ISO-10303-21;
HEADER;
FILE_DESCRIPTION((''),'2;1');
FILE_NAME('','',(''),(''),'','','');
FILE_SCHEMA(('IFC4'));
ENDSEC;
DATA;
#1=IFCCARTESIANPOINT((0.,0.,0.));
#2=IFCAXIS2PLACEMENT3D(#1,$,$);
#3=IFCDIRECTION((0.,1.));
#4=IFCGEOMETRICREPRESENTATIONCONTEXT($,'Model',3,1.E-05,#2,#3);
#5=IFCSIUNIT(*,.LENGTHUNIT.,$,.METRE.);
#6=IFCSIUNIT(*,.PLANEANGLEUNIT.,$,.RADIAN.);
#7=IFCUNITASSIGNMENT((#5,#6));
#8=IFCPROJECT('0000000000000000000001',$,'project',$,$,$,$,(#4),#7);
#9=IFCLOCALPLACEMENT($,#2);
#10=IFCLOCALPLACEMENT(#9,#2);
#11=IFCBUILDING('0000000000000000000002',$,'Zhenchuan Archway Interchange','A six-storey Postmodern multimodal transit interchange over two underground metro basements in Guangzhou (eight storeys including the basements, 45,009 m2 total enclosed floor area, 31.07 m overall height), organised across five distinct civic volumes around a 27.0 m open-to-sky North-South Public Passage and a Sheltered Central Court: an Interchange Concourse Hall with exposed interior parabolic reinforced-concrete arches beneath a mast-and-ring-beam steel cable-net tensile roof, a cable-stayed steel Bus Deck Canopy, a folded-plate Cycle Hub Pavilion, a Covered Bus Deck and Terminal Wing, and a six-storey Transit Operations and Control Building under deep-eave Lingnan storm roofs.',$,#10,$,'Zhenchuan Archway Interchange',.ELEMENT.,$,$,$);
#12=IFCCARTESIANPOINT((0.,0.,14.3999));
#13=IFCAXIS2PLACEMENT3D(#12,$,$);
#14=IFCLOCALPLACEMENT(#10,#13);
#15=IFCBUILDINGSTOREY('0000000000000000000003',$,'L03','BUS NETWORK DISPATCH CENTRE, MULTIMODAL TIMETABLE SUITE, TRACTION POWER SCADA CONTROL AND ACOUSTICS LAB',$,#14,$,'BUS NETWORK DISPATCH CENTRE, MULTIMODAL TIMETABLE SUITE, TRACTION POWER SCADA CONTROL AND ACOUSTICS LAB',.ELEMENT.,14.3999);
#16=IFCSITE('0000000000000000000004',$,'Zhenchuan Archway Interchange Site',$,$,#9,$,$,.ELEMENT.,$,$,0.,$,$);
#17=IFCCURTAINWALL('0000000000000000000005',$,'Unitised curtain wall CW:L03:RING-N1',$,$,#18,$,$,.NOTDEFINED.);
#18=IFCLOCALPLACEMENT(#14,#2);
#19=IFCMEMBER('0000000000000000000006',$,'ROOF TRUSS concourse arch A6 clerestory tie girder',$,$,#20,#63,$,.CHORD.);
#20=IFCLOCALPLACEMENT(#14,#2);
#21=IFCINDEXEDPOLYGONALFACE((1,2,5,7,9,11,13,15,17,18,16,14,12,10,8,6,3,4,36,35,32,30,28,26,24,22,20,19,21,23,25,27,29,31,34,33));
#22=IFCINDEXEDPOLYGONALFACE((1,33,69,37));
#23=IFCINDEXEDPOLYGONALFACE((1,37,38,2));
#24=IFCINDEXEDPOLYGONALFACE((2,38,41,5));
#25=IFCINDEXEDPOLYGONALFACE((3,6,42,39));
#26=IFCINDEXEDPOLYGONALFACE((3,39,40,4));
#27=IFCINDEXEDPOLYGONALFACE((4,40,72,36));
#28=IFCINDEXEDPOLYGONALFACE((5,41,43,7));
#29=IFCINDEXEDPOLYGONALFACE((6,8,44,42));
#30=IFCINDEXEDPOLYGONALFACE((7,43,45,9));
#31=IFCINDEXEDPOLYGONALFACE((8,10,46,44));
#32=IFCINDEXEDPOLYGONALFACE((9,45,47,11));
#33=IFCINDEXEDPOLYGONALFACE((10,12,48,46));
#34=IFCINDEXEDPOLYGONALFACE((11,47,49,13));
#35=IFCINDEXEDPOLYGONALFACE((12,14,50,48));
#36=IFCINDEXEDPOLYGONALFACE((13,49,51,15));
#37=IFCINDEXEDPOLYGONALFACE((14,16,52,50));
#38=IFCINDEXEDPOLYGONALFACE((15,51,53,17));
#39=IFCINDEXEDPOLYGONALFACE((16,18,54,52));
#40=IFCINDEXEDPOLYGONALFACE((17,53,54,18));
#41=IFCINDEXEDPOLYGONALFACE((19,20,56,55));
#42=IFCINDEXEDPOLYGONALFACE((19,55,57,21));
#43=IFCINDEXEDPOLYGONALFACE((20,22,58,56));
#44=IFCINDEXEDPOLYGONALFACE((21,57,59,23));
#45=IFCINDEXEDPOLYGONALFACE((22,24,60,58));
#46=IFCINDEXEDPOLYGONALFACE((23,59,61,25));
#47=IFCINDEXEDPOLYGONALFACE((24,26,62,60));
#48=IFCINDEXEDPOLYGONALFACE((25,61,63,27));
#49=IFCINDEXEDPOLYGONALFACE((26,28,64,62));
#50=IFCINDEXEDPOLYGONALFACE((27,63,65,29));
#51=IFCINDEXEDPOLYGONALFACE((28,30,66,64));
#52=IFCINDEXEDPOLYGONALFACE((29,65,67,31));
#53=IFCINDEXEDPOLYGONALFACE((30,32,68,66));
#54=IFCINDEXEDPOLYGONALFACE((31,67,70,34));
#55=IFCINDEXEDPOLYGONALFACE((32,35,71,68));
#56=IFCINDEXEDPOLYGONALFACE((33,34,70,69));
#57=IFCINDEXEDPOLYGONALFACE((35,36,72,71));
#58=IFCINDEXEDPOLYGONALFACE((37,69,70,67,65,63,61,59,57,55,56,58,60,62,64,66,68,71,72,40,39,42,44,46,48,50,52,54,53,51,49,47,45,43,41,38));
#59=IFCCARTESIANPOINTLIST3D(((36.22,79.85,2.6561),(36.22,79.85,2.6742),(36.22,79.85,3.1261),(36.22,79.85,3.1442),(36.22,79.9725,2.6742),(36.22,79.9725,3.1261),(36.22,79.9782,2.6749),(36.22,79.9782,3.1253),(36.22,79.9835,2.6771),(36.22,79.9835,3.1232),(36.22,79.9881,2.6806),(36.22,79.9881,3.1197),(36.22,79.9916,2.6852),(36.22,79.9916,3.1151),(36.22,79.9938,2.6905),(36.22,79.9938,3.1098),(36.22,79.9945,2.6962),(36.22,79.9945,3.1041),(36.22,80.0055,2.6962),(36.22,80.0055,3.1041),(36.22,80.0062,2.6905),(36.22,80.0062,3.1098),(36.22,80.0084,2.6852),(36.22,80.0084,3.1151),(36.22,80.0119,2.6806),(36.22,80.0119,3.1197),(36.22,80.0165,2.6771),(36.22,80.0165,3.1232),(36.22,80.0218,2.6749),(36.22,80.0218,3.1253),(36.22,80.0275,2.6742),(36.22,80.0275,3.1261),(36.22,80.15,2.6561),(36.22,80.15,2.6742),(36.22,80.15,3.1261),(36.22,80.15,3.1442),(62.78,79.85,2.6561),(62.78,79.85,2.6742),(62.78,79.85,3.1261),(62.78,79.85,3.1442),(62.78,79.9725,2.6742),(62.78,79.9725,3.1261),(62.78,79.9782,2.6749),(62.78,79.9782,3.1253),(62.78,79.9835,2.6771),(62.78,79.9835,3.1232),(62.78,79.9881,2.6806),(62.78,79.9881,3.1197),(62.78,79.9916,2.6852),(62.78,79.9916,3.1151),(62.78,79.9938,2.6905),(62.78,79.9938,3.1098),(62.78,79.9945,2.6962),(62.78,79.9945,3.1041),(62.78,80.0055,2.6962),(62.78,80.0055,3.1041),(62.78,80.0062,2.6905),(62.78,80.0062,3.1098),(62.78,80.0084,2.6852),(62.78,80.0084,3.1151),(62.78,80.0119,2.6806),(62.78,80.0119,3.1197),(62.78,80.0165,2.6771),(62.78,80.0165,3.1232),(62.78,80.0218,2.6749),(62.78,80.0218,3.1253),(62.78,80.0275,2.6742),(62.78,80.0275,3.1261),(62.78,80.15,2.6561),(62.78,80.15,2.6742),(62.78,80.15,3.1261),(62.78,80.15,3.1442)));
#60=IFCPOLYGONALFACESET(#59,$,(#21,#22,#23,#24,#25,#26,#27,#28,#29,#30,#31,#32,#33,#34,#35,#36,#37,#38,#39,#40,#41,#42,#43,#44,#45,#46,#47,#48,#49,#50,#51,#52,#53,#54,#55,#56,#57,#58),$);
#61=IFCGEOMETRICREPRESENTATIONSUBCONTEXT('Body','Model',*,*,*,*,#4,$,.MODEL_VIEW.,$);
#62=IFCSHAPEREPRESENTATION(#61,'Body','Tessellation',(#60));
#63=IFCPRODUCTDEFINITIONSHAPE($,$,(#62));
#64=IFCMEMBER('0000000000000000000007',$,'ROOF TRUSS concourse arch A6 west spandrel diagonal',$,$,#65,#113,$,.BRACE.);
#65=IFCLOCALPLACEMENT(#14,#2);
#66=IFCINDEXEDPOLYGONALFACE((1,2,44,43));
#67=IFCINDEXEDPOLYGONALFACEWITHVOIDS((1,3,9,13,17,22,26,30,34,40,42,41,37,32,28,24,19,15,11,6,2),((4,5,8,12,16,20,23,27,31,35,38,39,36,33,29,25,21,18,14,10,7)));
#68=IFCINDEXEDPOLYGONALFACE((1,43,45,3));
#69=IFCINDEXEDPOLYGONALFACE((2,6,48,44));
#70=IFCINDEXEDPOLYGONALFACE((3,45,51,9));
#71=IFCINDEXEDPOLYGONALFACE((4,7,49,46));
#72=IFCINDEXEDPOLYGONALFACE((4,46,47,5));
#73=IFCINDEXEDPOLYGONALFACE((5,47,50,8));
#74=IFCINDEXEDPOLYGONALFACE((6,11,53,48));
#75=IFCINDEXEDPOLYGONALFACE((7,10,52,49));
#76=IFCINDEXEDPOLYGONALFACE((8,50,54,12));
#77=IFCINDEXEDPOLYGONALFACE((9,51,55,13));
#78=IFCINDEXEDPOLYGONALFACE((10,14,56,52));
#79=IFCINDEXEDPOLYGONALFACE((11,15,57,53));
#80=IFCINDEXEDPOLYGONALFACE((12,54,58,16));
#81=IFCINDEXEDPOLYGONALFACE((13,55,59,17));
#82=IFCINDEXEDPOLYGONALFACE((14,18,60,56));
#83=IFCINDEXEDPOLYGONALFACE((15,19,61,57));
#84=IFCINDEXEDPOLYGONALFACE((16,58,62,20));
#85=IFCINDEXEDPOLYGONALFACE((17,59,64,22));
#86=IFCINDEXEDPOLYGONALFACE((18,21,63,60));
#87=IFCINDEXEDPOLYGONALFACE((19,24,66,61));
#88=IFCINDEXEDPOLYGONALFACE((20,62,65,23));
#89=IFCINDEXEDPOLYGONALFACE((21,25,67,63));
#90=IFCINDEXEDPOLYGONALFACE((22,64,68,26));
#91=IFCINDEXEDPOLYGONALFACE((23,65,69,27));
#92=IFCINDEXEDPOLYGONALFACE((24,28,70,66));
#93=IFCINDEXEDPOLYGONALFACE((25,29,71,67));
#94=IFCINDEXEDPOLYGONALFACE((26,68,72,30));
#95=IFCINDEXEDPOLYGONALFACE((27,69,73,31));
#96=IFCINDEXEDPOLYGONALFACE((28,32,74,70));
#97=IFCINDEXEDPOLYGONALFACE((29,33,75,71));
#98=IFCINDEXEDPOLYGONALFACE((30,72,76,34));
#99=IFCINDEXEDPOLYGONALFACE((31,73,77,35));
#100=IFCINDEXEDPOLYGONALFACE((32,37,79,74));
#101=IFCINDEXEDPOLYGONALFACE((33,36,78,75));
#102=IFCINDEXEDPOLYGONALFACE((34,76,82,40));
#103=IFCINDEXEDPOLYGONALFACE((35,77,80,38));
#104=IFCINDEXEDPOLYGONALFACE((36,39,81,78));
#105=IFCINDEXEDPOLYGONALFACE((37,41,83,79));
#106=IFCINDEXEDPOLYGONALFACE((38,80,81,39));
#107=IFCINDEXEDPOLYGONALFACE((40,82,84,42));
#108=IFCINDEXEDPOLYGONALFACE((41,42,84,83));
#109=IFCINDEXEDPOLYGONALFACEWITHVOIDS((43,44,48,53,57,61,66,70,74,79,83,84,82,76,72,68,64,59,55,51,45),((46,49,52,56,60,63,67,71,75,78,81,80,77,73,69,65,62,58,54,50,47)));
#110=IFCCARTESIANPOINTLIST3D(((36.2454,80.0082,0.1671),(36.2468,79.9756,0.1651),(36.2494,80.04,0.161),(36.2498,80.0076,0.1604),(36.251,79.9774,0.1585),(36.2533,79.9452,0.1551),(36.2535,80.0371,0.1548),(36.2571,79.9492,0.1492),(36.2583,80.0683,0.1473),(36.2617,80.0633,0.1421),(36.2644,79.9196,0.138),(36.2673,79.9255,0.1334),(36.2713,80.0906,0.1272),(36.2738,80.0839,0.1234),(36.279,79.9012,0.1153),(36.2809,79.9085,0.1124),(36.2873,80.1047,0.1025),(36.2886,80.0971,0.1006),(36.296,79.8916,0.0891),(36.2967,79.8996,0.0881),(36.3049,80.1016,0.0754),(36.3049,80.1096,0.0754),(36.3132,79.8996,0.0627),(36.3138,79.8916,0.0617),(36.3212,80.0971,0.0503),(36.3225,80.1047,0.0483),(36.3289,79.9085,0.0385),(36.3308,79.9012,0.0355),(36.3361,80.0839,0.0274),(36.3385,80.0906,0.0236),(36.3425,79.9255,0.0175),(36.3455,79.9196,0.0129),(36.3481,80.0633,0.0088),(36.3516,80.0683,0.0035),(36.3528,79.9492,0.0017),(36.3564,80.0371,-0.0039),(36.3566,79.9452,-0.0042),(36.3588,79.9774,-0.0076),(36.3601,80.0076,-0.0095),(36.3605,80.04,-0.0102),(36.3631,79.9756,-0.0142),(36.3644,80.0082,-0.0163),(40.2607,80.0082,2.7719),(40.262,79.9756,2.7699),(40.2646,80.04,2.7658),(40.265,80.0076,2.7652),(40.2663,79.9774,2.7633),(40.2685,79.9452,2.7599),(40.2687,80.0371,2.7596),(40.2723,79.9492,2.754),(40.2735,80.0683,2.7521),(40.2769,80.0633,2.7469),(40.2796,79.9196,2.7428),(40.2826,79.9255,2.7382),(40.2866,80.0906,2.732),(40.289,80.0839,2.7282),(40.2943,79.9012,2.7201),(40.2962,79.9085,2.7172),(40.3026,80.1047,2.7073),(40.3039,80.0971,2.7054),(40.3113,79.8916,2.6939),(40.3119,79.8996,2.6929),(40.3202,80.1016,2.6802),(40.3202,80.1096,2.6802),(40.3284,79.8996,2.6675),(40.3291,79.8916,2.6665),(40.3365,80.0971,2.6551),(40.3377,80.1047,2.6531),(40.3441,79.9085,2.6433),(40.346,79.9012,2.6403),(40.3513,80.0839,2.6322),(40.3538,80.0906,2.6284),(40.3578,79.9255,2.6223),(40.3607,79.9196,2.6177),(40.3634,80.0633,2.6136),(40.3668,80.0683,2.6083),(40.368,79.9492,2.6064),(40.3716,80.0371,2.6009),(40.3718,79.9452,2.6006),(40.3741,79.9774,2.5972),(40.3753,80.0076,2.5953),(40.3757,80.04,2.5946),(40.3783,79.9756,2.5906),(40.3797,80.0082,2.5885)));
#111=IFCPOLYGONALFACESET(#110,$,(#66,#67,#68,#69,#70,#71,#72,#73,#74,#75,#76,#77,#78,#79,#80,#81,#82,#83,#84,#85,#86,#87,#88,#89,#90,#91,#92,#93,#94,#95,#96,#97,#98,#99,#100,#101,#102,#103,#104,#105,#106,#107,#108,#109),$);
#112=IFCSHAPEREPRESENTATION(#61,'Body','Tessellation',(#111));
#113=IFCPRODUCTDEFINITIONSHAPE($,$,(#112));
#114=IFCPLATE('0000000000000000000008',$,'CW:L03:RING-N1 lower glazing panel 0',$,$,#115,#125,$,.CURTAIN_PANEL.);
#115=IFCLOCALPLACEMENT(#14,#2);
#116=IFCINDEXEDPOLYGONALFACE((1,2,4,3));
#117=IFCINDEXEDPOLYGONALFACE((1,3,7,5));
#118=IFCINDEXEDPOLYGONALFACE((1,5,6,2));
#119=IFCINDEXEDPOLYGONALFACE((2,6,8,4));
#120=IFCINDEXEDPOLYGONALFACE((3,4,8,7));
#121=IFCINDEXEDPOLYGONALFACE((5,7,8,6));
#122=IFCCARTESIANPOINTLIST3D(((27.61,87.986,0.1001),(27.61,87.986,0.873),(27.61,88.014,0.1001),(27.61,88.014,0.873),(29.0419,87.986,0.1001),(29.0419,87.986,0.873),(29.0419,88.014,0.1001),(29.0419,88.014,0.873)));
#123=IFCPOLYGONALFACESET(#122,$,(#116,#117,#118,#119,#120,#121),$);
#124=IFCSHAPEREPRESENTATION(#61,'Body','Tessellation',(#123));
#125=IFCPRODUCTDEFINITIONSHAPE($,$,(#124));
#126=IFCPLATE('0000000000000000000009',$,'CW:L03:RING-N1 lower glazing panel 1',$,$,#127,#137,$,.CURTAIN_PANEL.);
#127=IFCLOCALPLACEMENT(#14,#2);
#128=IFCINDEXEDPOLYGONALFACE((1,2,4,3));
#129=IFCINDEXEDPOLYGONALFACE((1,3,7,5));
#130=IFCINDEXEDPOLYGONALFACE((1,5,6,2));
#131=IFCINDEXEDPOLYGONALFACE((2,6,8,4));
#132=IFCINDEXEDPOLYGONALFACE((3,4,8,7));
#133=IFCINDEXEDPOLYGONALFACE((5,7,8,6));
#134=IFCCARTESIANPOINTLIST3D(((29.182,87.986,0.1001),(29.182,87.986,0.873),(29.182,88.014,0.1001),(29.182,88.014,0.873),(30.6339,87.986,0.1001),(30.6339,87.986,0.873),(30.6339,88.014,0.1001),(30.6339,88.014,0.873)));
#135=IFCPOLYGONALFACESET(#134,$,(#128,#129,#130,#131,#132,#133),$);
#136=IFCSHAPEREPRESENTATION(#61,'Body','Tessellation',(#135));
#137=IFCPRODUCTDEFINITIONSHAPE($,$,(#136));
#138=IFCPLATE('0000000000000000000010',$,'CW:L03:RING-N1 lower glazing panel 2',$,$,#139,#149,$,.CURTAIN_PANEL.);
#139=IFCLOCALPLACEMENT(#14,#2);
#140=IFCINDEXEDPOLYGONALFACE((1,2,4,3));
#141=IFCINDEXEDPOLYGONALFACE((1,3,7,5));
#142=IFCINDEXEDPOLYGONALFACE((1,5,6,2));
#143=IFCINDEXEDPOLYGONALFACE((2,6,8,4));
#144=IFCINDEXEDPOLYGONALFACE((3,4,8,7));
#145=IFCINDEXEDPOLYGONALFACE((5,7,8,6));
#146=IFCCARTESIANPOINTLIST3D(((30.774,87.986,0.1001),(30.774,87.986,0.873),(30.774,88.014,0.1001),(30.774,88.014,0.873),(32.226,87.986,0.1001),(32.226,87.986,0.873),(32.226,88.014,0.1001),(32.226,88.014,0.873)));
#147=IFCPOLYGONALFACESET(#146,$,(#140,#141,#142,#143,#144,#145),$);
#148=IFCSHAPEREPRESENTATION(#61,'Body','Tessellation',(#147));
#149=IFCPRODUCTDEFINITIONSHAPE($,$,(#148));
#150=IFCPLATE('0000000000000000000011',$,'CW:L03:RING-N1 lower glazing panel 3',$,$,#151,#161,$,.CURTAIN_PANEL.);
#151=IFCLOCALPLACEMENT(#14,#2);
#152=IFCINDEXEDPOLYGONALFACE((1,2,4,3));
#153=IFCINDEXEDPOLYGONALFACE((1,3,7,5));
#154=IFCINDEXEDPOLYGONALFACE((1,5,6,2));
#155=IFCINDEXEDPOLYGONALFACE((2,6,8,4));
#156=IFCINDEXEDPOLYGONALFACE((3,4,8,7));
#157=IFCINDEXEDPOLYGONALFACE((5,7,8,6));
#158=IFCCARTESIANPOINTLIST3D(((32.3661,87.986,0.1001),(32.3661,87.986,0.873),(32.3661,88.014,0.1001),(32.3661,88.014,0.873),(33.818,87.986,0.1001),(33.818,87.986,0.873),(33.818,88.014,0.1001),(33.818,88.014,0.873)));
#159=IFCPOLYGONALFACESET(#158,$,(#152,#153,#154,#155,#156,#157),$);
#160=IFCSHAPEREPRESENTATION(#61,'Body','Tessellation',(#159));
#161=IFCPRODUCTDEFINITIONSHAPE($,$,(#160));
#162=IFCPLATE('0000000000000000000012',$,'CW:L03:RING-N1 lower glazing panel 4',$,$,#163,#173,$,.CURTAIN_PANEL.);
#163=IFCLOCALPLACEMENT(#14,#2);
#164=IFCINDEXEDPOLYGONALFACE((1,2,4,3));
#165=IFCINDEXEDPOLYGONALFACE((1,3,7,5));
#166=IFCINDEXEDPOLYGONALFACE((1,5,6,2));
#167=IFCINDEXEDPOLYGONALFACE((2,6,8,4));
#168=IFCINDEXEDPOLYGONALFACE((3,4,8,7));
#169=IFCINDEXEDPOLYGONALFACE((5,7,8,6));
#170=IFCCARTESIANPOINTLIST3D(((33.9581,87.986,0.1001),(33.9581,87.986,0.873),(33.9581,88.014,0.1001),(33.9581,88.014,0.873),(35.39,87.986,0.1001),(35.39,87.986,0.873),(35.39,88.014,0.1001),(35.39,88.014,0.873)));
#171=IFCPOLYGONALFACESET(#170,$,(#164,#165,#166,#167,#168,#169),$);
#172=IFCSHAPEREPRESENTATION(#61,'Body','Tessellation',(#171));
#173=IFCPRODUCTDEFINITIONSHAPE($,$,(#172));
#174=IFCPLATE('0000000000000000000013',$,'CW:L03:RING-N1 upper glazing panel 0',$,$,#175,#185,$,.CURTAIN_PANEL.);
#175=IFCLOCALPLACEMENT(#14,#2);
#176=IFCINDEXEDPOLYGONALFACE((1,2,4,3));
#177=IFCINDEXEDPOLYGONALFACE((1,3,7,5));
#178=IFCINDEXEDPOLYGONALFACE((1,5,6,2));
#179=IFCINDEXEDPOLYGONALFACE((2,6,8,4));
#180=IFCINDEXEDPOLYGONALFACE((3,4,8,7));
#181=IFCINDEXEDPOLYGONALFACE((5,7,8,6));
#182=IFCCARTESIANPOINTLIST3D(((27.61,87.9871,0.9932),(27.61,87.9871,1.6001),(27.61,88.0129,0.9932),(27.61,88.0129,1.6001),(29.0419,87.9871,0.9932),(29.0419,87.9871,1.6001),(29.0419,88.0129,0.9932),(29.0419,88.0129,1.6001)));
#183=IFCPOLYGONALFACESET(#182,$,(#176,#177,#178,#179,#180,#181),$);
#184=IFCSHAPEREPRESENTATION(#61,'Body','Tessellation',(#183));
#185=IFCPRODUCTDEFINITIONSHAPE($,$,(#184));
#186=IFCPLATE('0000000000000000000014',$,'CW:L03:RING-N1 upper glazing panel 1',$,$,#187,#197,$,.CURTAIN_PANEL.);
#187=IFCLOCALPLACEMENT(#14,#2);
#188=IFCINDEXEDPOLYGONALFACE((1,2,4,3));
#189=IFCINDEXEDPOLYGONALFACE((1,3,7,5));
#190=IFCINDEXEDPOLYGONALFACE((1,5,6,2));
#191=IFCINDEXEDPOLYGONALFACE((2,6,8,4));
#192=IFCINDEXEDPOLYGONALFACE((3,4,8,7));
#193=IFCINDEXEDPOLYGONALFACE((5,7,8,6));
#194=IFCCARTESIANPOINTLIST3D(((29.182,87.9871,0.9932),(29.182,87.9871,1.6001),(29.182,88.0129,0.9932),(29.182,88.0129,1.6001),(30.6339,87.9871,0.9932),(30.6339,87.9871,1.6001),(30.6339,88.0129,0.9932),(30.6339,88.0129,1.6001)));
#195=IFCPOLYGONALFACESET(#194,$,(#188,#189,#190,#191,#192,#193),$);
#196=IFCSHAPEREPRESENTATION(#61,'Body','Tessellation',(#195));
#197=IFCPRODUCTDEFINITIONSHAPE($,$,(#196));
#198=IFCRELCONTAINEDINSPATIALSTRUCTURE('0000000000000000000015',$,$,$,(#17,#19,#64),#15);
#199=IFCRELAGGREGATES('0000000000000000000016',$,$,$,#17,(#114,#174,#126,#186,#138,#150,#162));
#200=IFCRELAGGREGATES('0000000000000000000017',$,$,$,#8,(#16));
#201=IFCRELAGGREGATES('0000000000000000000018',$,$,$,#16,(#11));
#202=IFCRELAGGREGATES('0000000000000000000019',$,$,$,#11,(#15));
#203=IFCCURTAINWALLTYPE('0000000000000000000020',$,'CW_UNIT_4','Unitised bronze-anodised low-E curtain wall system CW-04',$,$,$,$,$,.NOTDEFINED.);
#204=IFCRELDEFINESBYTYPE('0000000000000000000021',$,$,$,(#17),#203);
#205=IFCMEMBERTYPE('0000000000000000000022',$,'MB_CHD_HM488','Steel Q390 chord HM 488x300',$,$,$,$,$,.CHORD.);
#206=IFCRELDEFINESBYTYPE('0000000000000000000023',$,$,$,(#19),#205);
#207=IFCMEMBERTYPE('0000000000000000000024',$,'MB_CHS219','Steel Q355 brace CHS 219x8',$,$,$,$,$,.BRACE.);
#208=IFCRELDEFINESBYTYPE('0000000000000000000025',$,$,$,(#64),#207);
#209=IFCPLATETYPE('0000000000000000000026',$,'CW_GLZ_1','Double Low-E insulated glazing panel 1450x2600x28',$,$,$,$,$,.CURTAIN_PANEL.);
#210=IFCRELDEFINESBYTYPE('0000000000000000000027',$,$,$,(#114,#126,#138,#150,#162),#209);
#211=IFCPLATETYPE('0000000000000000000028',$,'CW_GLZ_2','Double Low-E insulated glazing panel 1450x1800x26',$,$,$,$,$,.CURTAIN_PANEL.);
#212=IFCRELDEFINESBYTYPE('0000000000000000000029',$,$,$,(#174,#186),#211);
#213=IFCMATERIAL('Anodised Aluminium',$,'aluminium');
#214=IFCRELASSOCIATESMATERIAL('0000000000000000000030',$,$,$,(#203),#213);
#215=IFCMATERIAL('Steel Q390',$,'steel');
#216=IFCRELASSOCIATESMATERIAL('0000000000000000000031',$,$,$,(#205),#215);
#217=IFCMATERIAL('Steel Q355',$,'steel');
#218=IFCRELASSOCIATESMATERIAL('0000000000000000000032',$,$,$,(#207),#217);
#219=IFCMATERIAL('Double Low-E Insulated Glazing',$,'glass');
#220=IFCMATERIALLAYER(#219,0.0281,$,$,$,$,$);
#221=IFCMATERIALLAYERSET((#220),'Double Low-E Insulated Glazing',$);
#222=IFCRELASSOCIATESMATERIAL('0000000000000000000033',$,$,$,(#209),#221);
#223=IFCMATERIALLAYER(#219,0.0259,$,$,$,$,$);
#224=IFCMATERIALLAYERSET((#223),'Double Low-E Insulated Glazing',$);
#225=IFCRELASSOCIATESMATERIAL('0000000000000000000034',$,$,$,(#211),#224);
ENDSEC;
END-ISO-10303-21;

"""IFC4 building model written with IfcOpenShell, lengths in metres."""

from ifc_helpers import new_model, si_unit, direction, frame, origin, origin_2d, place, context, subcontext, project, spatial, rectangle, hollow_circle, i_section, extrude, material, layer, layer_set, material_profile, profile_set, type_object, element, aggregate, save


model = new_model("IFC4")

# Units and contexts
model_context = context("Model", 3, precision=1e-05, world=origin(), true_north=direction((0.0, 1.0)))
body_context = subcontext(model_context, "Body", "Model", "MODEL_VIEW")
ifc_project = project(units=[si_unit("LENGTHUNIT", "METRE"), si_unit("PLANEANGLEUNIT", "RADIAN")], contexts=[model_context])

# Site, building, storey
site_placement = place(None, origin())
site = spatial("IfcSite", under=ifc_project, at=site_placement, Name="Zhenchuan Archway Interchange Site", CompositionType="ELEMENT", RefElevation=0.0)
building_placement = place(site_placement, origin())
building = spatial("IfcBuilding", under=site, at=building_placement, Name="Zhenchuan Archway Interchange", Description="A six-storey Postmodern multimodal transit interchange over two underground metro basements in Guangzhou (eight storeys including the basements, 45,009 m2 total enclosed floor area, 31.07 m overall height), organised across five distinct civic volumes around a 27.0 m open-to-sky North-South Public Passage and a Sheltered Central Court: an Interchange Concourse Hall with exposed interior parabolic reinforced-concrete arches beneath a mast-and-ring-beam steel cable-net tensile roof, a cable-stayed steel Bus Deck Canopy, a folded-plate Cycle Hub Pavilion, a Covered Bus Deck and Terminal Wing, and a six-storey Transit Operations and Control Building under deep-eave Lingnan storm roofs.", LongName="Zhenchuan Archway Interchange", CompositionType="ELEMENT")
storey_placement = place(building_placement, frame((0.0, 0.0, 14.3999)))
storey = spatial("IfcBuildingStorey", under=building, at=storey_placement, Name="L03", Description="BUS NETWORK DISPATCH CENTRE, MULTIMODAL TIMETABLE SUITE, TRACTION POWER SCADA CONTROL AND ACOUSTICS LAB", LongName="BUS NETWORK DISPATCH CENTRE, MULTIMODAL TIMETABLE SUITE, TRACTION POWER SCADA CONTROL AND ACOUSTICS LAB", CompositionType="ELEMENT", Elevation=14.3999)

# Shared definitions
ifc_material_1 = material(Name="Steel Q390", Category="steel")

# Curtain wall
ifc_material_2 = material(Name="Anodised Aluminium", Category="aluminium")
curtain_wall_type = type_object("IfcCurtainWallType", Name="CW_UNIT_4", Description="Unitised bronze-anodised low-E curtain wall system CW-04", PredefinedType="NOTDEFINED", material=ifc_material_2)
curtain_wall_placement = place(storey_placement, origin())
curtain_wall = element("IfcCurtainWall", 1, at=curtain_wall_placement, inside=storey, type_object=curtain_wall_type, Name="Unitised curtain wall CW:L03:RING-N1", PredefinedType="NOTDEFINED")

# Members
ifc_material_profile_1 = material_profile(ifc_material_1, i_section(OverallWidth=0.3, OverallDepth=0.488, WebThickness=0.011, FlangeThickness=0.0181, FilletRadius=0.022, at=origin_2d()), Name="HM 488x300")
ifc_profile_set_1 = profile_set([ifc_material_profile_1], Name="Steel Q390")
member_type_1 = type_object("IfcMemberType", Name="MB_CHD_HM488", Description="Steel Q390 chord HM 488x300", PredefinedType="CHORD", material=ifc_profile_set_1)
member_1_placement = place(storey_placement, frame((36.22, 80.0, 2.9001), z_axis=(1.0, 0.0, 0.0), x_axis=(0.0, 1.0, 0.0)))
element("IfcMember", 2, at=member_1_placement, inside=storey, type_object=member_type_1, Name="ROOF TRUSS concourse arch A6 clerestory tie girder", PredefinedType="CHORD", context=body_context, shape_type="SweptSolid", body=[
    extrude(i_section(OverallWidth=0.3, OverallDepth=0.488, WebThickness=0.011, FlangeThickness=0.0181, FilletRadius=0.022, at=origin_2d()), origin(), (0.0, 0.0, 1.0), 26.5601),
])
ifc_material_3 = material(Name="Steel Q355", Category="steel")
ifc_material_profile_2 = material_profile(ifc_material_3, hollow_circle(Radius=0.1096, WallThickness=0.0081, at=origin_2d()), Name="CHS 219x8")
ifc_profile_set_2 = profile_set([ifc_material_profile_2], Name="Steel Q355")
member_type_2 = type_object("IfcMemberType", Name="MB_CHS219", Description="Steel Q355 brace CHS 219x8", PredefinedType="BRACE", material=ifc_profile_set_2)
member_2_placement = place(storey_placement, frame((36.3049, 80.0, 0.0754), z_axis=(0.83893, 0.0, 0.544239), x_axis=(0.0, 1.0, 0.0)))
element("IfcMember", 3, at=member_2_placement, inside=storey, type_object=member_type_2, Name="ROOF TRUSS concourse arch A6 west spandrel diagonal", PredefinedType="BRACE", context=body_context, shape_type="SweptSolid", body=[
    extrude(hollow_circle(Radius=0.1096, WallThickness=0.0081, at=origin_2d()), origin(), (0.0, 0.0, 1.0), 4.7861),
])

# Plates
ifc_material_4 = material(Name="Double Low-E Insulated Glazing", Category="glass")
ifc_layer_1 = layer(ifc_material_4, 0.0281)
ifc_layer_set_1 = layer_set([ifc_layer_1], Name="Double Low-E Insulated Glazing")
plate_type_1 = type_object("IfcPlateType", Name="CW_GLZ_1", Description="Double Low-E insulated glazing panel 1450x2600x28", PredefinedType="CURTAIN_PANEL", material=ifc_layer_set_1)
plate_1_placement = place(storey_placement, frame((28.3259, 88.0, 0.1001), z_axis=(0.0, 0.0, 1.0), x_axis=(1.0, 0.0, 0.0)))
plate_1 = element("IfcPlate", 4, at=plate_1_placement, type_object=plate_type_1, Name="CW:L03:RING-N1 lower glazing panel 0", PredefinedType="CURTAIN_PANEL", context=body_context, shape_type="SweptSolid", body=[
    extrude(rectangle(XDim=1.4319, YDim=0.0281, at=origin_2d()), origin(), (0.0, 0.0, 1.0), 0.7729),
])
plate_2_placement = place(storey_placement, frame((29.908, 88.0, 0.1001), z_axis=(0.0, 0.0, 1.0), x_axis=(1.0, 0.0, 0.0)))
plate_2 = element("IfcPlate", 5, at=plate_2_placement, type_object=plate_type_1, Name="CW:L03:RING-N1 lower glazing panel 1", PredefinedType="CURTAIN_PANEL", context=body_context, shape_type="SweptSolid", body=[
    extrude(rectangle(XDim=1.4519, YDim=0.0281, at=origin_2d()), origin(), (0.0, 0.0, 1.0), 0.7729),
])
plate_3_placement = place(storey_placement, frame((31.5, 88.0, 0.1001), z_axis=(0.0, 0.0, 1.0), x_axis=(1.0, 0.0, 0.0)))
plate_3 = element("IfcPlate", 6, at=plate_3_placement, type_object=plate_type_1, Name="CW:L03:RING-N1 lower glazing panel 2", PredefinedType="CURTAIN_PANEL", context=body_context, shape_type="SweptSolid", body=[
    extrude(rectangle(XDim=1.4519, YDim=0.0281, at=origin_2d()), origin(), (0.0, 0.0, 1.0), 0.7729),
])
plate_4_placement = place(storey_placement, frame((33.092, 88.0, 0.1001), z_axis=(0.0, 0.0, 1.0), x_axis=(1.0, 0.0, 0.0)))
plate_4 = element("IfcPlate", 7, at=plate_4_placement, type_object=plate_type_1, Name="CW:L03:RING-N1 lower glazing panel 3", PredefinedType="CURTAIN_PANEL", context=body_context, shape_type="SweptSolid", body=[
    extrude(rectangle(XDim=1.4519, YDim=0.0281, at=origin_2d()), origin(), (0.0, 0.0, 1.0), 0.7729),
])
plate_5_placement = place(storey_placement, frame((34.6741, 88.0, 0.1001), z_axis=(0.0, 0.0, 1.0), x_axis=(1.0, 0.0, 0.0)))
plate_5 = element("IfcPlate", 8, at=plate_5_placement, type_object=plate_type_1, Name="CW:L03:RING-N1 lower glazing panel 4", PredefinedType="CURTAIN_PANEL", context=body_context, shape_type="SweptSolid", body=[
    extrude(rectangle(XDim=1.4319, YDim=0.0281, at=origin_2d()), origin(), (0.0, 0.0, 1.0), 0.7729),
])
ifc_layer_2 = layer(ifc_material_4, 0.0259)
ifc_layer_set_2 = layer_set([ifc_layer_2], Name="Double Low-E Insulated Glazing")
plate_type_2 = type_object("IfcPlateType", Name="CW_GLZ_2", Description="Double Low-E insulated glazing panel 1450x1800x26", PredefinedType="CURTAIN_PANEL", material=ifc_layer_set_2)
plate_6_placement = place(storey_placement, frame((28.3259, 88.0, 0.9932), z_axis=(0.0, 0.0, 1.0), x_axis=(1.0, 0.0, 0.0)))
plate_6 = element("IfcPlate", 9, at=plate_6_placement, type_object=plate_type_2, Name="CW:L03:RING-N1 upper glazing panel 0", PredefinedType="CURTAIN_PANEL", context=body_context, shape_type="SweptSolid", body=[
    extrude(rectangle(XDim=1.4319, YDim=0.0259, at=origin_2d()), origin(), (0.0, 0.0, 1.0), 0.6069),
])
plate_7_placement = place(storey_placement, frame((29.908, 88.0, 0.9932), z_axis=(0.0, 0.0, 1.0), x_axis=(1.0, 0.0, 0.0)))
plate_7 = element("IfcPlate", 10, at=plate_7_placement, type_object=plate_type_2, Name="CW:L03:RING-N1 upper glazing panel 1", PredefinedType="CURTAIN_PANEL", context=body_context, shape_type="SweptSolid", body=[
    extrude(rectangle(XDim=1.4519, YDim=0.0259, at=origin_2d()), origin(), (0.0, 0.0, 1.0), 0.6069),
])
aggregate(curtain_wall, [plate_1, plate_6, plate_2, plate_7, plate_3, plate_4, plate_5])

save(model, "model.ifc")
